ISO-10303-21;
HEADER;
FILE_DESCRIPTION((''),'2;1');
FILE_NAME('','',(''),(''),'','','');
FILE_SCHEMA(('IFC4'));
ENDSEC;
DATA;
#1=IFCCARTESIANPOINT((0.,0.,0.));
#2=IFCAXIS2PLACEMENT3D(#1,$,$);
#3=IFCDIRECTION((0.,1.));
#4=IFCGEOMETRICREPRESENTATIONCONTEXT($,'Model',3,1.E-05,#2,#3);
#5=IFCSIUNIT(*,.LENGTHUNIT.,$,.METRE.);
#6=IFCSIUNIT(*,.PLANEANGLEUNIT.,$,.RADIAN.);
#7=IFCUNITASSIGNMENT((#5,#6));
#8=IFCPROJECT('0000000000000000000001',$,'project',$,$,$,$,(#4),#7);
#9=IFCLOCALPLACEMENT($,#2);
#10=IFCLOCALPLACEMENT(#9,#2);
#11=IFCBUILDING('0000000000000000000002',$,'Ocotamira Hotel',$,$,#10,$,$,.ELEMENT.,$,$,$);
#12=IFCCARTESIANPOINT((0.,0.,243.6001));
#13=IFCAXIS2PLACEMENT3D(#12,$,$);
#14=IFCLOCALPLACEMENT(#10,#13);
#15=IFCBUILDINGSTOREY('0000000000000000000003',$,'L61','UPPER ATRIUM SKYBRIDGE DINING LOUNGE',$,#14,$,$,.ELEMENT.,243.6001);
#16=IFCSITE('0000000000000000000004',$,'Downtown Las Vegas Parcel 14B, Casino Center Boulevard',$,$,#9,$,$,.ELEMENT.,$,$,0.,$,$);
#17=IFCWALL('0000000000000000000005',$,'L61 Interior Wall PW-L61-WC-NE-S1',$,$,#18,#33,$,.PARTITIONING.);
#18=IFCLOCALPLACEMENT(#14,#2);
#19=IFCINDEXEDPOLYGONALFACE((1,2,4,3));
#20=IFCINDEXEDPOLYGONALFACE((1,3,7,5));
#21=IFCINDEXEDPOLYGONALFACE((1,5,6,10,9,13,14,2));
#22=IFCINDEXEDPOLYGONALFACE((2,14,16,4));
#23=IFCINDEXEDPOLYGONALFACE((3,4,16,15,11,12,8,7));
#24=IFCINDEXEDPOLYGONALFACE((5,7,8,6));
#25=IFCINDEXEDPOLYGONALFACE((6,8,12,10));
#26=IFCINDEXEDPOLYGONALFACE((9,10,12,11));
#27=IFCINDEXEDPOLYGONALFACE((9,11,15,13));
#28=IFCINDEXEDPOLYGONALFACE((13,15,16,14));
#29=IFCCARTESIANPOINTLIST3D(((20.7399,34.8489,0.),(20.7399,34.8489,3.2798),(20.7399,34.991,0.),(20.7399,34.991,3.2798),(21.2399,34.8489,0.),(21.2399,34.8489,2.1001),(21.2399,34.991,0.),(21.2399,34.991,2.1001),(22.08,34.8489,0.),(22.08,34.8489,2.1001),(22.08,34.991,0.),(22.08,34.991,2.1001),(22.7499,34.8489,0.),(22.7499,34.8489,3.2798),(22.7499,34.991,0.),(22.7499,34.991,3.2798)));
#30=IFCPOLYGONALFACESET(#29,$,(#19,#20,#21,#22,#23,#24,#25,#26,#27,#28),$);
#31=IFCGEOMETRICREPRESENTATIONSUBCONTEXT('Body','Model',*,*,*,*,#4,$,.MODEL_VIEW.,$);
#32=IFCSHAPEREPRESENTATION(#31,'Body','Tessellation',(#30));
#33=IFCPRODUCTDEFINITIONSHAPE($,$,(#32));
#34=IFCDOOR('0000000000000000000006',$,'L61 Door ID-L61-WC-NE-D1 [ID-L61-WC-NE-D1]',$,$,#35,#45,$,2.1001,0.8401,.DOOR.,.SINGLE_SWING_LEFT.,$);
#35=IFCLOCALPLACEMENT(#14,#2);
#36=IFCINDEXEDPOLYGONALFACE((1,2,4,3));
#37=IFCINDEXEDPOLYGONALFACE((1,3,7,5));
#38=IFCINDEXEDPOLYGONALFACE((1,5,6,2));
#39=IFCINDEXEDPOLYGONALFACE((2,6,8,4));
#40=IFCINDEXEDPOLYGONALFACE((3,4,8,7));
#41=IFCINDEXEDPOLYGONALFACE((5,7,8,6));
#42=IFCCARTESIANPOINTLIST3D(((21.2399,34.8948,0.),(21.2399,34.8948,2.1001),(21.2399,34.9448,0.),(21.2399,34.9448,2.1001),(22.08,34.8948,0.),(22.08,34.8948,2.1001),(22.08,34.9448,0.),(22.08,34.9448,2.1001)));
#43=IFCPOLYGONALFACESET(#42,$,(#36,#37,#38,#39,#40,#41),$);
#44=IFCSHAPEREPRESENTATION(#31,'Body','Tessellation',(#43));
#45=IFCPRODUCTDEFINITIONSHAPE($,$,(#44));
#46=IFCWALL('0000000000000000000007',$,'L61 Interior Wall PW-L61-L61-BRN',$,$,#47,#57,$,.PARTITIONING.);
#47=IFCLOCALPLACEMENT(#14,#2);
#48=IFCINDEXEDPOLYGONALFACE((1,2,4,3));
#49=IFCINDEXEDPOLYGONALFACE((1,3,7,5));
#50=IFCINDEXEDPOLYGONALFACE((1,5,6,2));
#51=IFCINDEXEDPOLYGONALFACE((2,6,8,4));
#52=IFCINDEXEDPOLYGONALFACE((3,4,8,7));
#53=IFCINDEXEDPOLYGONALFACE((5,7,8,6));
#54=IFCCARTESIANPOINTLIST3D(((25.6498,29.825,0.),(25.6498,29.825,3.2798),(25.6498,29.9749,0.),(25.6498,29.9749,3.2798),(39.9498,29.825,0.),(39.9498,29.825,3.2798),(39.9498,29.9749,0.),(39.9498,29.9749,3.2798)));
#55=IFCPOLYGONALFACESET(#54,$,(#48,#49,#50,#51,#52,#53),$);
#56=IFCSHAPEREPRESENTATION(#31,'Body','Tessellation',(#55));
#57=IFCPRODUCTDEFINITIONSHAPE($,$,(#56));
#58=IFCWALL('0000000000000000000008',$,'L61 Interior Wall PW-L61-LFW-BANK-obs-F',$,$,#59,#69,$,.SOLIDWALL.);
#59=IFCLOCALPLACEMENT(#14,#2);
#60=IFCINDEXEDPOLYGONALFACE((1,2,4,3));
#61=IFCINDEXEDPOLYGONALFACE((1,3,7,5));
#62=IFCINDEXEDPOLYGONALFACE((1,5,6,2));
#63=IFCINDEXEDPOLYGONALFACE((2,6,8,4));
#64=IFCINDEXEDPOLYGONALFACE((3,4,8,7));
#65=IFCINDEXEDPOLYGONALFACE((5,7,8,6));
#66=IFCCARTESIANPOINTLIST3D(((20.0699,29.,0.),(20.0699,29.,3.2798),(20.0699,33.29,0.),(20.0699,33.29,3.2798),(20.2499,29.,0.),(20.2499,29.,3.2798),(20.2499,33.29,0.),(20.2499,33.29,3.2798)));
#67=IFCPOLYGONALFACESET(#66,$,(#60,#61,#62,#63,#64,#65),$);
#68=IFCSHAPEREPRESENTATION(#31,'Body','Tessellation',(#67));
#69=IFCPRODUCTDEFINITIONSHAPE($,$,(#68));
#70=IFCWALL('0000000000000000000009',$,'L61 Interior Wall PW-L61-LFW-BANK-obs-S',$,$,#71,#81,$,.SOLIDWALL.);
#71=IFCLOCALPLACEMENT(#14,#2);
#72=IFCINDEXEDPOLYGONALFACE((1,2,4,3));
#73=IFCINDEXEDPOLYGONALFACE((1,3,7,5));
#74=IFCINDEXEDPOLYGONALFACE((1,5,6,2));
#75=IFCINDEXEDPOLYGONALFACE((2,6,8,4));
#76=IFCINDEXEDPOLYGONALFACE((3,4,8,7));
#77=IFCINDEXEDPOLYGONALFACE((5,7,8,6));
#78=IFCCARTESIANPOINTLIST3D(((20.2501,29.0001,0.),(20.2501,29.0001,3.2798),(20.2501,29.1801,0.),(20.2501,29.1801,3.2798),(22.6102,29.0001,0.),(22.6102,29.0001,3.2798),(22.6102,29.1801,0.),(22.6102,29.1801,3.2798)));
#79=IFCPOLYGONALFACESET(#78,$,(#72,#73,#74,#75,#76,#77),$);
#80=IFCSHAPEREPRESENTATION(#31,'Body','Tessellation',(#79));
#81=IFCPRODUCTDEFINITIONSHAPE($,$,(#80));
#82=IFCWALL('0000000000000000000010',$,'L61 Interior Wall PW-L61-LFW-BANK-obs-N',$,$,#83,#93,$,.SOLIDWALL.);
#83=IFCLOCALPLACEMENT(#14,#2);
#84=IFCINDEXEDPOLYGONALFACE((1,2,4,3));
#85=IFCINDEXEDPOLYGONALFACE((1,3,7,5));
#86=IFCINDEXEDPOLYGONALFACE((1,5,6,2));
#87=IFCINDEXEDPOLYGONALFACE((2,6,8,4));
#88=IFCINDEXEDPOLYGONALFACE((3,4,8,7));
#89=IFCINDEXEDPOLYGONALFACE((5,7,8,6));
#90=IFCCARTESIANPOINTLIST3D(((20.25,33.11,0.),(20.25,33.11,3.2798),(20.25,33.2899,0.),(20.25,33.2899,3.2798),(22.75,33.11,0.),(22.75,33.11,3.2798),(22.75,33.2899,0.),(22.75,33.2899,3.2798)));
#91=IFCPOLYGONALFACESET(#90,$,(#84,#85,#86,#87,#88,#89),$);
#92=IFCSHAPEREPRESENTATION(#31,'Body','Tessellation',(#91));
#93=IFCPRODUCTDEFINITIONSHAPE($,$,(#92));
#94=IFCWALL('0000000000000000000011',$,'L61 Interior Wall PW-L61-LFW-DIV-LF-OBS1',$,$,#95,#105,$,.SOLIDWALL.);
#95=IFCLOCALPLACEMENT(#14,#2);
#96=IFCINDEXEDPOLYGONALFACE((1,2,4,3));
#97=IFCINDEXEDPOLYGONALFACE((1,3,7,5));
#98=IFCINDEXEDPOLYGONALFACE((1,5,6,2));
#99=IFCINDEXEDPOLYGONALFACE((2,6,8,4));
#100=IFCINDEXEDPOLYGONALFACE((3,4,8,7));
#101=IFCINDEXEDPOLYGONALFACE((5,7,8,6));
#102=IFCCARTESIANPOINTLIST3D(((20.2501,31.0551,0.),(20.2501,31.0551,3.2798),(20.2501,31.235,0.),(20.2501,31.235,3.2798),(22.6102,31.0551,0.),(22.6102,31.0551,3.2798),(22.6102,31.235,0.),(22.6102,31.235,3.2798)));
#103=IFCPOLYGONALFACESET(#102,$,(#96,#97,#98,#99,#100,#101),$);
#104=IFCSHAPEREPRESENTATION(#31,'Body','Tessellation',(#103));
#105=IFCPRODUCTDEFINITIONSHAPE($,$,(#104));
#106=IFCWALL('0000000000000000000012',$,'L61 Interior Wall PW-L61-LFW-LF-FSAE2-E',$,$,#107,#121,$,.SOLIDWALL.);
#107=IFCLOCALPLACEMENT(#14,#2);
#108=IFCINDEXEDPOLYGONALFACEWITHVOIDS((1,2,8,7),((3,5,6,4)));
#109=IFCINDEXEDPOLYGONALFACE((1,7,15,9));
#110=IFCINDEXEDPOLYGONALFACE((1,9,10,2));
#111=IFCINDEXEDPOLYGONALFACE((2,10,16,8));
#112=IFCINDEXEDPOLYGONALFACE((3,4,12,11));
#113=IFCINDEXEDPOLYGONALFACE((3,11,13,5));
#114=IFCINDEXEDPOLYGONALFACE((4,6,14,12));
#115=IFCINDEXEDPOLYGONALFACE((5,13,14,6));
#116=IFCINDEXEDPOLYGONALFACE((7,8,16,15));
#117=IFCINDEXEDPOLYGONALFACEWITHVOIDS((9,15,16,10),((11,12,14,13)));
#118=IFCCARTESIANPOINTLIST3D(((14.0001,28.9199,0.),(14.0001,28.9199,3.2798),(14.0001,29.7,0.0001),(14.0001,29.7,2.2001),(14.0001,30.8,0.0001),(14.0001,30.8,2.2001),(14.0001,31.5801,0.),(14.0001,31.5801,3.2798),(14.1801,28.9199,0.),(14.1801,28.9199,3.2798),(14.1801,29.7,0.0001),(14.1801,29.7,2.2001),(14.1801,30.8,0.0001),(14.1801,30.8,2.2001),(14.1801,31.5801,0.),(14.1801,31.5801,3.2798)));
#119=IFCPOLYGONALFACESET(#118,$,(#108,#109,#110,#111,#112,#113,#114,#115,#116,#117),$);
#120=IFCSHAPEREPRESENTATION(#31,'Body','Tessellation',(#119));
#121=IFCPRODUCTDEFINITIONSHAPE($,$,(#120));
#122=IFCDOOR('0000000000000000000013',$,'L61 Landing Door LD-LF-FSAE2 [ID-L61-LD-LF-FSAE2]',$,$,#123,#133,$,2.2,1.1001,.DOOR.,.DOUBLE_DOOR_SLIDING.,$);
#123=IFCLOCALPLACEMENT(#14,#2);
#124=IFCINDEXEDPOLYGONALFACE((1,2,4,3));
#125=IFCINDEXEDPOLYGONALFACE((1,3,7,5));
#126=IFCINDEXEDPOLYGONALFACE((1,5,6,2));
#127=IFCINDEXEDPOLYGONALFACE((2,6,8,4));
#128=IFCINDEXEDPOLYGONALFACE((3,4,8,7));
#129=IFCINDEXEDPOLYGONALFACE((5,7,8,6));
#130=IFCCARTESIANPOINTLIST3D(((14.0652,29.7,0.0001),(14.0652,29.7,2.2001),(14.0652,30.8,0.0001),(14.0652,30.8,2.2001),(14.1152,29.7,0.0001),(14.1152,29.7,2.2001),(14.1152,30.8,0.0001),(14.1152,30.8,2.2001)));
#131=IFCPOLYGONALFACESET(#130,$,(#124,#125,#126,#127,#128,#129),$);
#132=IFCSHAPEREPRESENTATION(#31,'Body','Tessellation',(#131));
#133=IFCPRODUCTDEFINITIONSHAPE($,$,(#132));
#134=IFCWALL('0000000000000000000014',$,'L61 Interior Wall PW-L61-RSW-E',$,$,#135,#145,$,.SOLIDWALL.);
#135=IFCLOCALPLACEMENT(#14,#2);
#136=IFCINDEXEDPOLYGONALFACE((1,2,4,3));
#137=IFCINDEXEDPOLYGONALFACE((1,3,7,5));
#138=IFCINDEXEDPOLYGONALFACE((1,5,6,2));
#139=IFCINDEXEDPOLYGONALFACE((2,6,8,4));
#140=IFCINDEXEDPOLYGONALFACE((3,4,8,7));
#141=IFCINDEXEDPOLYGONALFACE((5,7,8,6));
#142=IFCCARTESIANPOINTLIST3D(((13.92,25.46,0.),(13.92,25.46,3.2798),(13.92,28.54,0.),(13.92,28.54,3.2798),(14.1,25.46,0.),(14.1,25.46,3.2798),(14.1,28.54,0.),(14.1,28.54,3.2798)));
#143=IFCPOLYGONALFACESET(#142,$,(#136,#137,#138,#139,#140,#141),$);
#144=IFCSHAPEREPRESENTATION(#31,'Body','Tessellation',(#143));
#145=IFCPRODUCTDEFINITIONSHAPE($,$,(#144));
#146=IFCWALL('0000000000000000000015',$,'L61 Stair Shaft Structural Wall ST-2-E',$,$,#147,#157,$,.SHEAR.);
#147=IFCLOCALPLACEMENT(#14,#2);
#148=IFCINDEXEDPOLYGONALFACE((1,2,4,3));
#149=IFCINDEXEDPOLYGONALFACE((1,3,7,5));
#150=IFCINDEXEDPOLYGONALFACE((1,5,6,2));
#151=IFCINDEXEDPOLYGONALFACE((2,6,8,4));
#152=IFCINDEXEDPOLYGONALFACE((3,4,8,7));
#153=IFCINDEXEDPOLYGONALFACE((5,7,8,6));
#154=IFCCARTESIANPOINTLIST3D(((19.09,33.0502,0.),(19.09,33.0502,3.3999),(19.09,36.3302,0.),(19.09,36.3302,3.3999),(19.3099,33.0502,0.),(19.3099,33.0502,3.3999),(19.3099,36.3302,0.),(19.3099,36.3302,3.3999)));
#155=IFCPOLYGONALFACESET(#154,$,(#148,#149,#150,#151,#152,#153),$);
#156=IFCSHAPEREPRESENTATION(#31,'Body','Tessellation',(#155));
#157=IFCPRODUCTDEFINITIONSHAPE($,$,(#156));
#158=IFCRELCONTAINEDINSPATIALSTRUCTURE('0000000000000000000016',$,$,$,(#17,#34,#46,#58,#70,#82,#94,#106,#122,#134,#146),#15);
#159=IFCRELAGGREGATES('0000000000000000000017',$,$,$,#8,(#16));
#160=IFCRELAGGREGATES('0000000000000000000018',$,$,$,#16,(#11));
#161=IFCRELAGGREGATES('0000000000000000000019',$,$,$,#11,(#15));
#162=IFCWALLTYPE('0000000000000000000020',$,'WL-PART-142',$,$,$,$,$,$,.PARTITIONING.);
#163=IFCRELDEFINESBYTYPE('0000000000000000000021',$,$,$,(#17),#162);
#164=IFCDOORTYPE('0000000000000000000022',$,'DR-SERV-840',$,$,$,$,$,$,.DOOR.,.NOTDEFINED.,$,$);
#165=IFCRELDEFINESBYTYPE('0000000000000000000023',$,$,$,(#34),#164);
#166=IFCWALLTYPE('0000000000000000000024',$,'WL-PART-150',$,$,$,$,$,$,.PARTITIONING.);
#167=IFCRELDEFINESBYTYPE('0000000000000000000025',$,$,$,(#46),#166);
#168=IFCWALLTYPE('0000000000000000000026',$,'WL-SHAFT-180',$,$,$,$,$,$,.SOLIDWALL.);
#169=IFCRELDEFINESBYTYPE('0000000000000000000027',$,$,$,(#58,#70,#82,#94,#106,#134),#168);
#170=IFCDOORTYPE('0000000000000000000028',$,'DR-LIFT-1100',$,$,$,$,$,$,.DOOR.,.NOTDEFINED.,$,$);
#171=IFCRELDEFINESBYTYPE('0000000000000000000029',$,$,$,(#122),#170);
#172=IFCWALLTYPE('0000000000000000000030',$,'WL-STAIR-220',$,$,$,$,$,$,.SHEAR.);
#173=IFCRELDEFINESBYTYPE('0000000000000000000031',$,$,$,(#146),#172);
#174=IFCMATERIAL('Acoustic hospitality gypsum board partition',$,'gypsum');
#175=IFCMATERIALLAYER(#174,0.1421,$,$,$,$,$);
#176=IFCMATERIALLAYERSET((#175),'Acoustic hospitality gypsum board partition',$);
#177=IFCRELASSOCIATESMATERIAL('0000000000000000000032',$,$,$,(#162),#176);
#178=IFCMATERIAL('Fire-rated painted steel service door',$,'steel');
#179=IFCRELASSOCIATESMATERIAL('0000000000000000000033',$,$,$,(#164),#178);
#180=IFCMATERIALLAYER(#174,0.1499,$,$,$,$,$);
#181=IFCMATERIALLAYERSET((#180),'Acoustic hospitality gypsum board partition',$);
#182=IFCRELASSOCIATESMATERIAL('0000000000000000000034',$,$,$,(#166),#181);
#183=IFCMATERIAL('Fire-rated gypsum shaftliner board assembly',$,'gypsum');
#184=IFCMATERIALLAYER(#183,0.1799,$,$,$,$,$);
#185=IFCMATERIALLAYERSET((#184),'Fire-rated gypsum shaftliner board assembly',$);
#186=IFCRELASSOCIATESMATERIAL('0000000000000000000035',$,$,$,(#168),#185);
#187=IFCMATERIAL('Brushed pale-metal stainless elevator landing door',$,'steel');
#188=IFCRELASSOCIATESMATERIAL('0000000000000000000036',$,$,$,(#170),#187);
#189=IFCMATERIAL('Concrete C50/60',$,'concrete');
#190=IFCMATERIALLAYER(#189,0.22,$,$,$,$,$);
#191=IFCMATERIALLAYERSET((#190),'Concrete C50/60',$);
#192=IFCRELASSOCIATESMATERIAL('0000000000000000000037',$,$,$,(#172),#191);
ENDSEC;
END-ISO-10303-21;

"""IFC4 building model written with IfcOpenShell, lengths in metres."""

from ifc_helpers import new_model, si_unit, direction, frame, frame_2d, origin, place, context, subcontext, project, spatial, rectangle, extrude, source, transform, mapped, material, layer, layer_set, type_object, element, fill, save


model = new_model("IFC4")

# Units and contexts
model_context = context("Model", 3, precision=1e-05, world=origin(), true_north=direction((0.0, 1.0)))
body_context = subcontext(model_context, "Body", "Model", "MODEL_VIEW")
ifc_project = project(units=[si_unit("LENGTHUNIT", "METRE"), si_unit("PLANEANGLEUNIT", "RADIAN")], contexts=[model_context])

# Site, building, storey
site_placement = place(None, origin())
site = spatial("IfcSite", under=ifc_project, at=site_placement, Name="Downtown Las Vegas Parcel 14B, Casino Center Boulevard", CompositionType="ELEMENT", RefElevation=0.0)
building_placement = place(site_placement, origin())
building = spatial("IfcBuilding", under=site, at=building_placement, Name="Ocotamira Hotel", CompositionType="ELEMENT")
storey_placement = place(building_placement, frame((0.0, 0.0, 243.6001)))
storey = spatial("IfcBuildingStorey", under=building, at=storey_placement, Name="L61", Description="UPPER ATRIUM SKYBRIDGE DINING LOUNGE", CompositionType="ELEMENT", Elevation=243.6001)

# Shared definitions
ifc_material_1 = material(Name="Acoustic hospitality gypsum board partition", Category="gypsum")
ifc_layer_1 = layer(ifc_material_1, 0.1421)
ifc_layer_set_1 = layer_set([ifc_layer_1], Name="Acoustic hospitality gypsum board partition")
wall_type_1 = type_object("IfcWallType", Name="WL-PART-142", PredefinedType="PARTITIONING", material=ifc_layer_set_1)

# Wall, opening, door
wall_1_placement = place(storey_placement, frame((20.74, 34.9199, 0.0), z_axis=(0.0, 0.0, 1.0), x_axis=(1.0, 0.0, 0.0)))
wall_1 = element("IfcWall", 1, at=wall_1_placement, inside=storey, type_object=wall_type_1, Name="L61 Interior Wall PW-L61-WC-NE-S1", PredefinedType="PARTITIONING", context=body_context, shape_type="SweptSolid", body=[
    extrude(rectangle(XDim=2.01, YDim=0.1421, at=frame_2d((1.0049, 0.0))), origin(), (0.0, 0.0, 1.0), 3.2798),
])
opening_1_placement = place(wall_1_placement, frame((0.5, 0.0, 0.0)))
opening_1 = element("IfcOpeningElement", 2, at=opening_1_placement, cuts=wall_1, PredefinedType="OPENING", context=body_context, shape_type="SweptSolid", body=[
    extrude(rectangle(XDim=0.8401, YDim=2.1001, at=frame_2d((0.4199, 1.05))), frame((0.0, 0.0811, 0.0), z_axis=(0.0, -1.0, 0.0), x_axis=(1.0, 0.0, 0.0)), (0.0, 0.0, 1.0), 0.1621),
])
ifc_material_2 = material(Name="Fire-rated painted steel service door", Category="steel")
door_type_1 = type_object("IfcDoorType", Name="DR-SERV-840", OperationType="NOTDEFINED", PredefinedType="DOOR", material=ifc_material_2)
shared_shape_1 = source(origin(), body_context, "Body", "SweptSolid", [
    extrude(rectangle(XDim=0.8401, YDim=2.1001, at=frame_2d((0.4199, 1.05))), frame((0.0, 0.0249, 0.0), z_axis=(0.0, -1.0, 0.0), x_axis=(1.0, 0.0, 0.0)), (0.0, 0.0, 1.0), 0.05),
])
door_1_placement = place(opening_1_placement, origin())
door_1 = element("IfcDoor", 3, at=door_1_placement, inside=storey, type_object=door_type_1, Name="L61 Door ID-L61-WC-NE-D1 [ID-L61-WC-NE-D1]", OperationType="SINGLE_SWING_LEFT", OverallHeight=2.1001, OverallWidth=0.8401, PredefinedType="DOOR", context=body_context, shape_type="MappedRepresentation", body=[
    mapped(shared_shape_1, transform((0.0, 0.0, 0.0), scale=1.0)),
])
fill(opening_1, door_1)

# Walls
ifc_layer_2 = layer(ifc_material_1, 0.1499)
ifc_layer_set_2 = layer_set([ifc_layer_2], Name="Acoustic hospitality gypsum board partition")
wall_type_2 = type_object("IfcWallType", Name="WL-PART-150", PredefinedType="PARTITIONING", material=ifc_layer_set_2)
wall_2_placement = place(storey_placement, frame((25.6499, 29.8999, 0.0), z_axis=(0.0, 0.0, 1.0), x_axis=(1.0, 0.0, 0.0)))
element("IfcWall", 4, at=wall_2_placement, inside=storey, type_object=wall_type_2, Name="L61 Interior Wall PW-L61-L61-BRN", PredefinedType="PARTITIONING", context=body_context, shape_type="SweptSolid", body=[
    extrude(rectangle(XDim=14.3, YDim=0.1499, at=frame_2d((7.1499, 0.0))), origin(), (0.0, 0.0, 1.0), 3.2798),
])
ifc_material_3 = material(Name="Fire-rated gypsum shaftliner board assembly", Category="gypsum")
ifc_layer_3 = layer(ifc_material_3, 0.1799)
ifc_layer_set_3 = layer_set([ifc_layer_3], Name="Fire-rated gypsum shaftliner board assembly")
wall_type_3 = type_object("IfcWallType", Name="WL-SHAFT-180", PredefinedType="SOLIDWALL", material=ifc_layer_set_3)
wall_3_placement = place(storey_placement, frame((20.1599, 29.0, 0.0), z_axis=(0.0, 0.0, 1.0), x_axis=(0.0, 1.0, 0.0)))
element("IfcWall", 5, at=wall_3_placement, inside=storey, type_object=wall_type_3, Name="L61 Interior Wall PW-L61-LFW-BANK-obs-F", PredefinedType="SOLIDWALL", context=body_context, shape_type="SweptSolid", body=[
    extrude(rectangle(XDim=4.29, YDim=0.1799, at=frame_2d((2.145, 0.0))), origin(), (0.0, 0.0, 1.0), 3.2798),
])
wall_4_placement = place(storey_placement, frame((20.25, 29.0901, 0.0), z_axis=(0.0, 0.0, 1.0), x_axis=(1.0, 0.0, 0.0)))
element("IfcWall", 6, at=wall_4_placement, inside=storey, type_object=wall_type_3, Name="L61 Interior Wall PW-L61-LFW-BANK-obs-S", PredefinedType="SOLIDWALL", context=body_context, shape_type="SweptSolid", body=[
    extrude(rectangle(XDim=2.3601, YDim=0.1799, at=frame_2d((1.1802, 0.0))), origin(), (0.0, 0.0, 1.0), 3.2798),
])
wall_5_placement = place(storey_placement, frame((20.25, 33.2, 0.0), z_axis=(0.0, 0.0, 1.0), x_axis=(1.0, 0.0, 0.0)))
element("IfcWall", 7, at=wall_5_placement, inside=storey, type_object=wall_type_3, Name="L61 Interior Wall PW-L61-LFW-BANK-obs-N", PredefinedType="SOLIDWALL", context=body_context, shape_type="SweptSolid", body=[
    extrude(rectangle(XDim=2.5, YDim=0.1799, at=frame_2d((1.25, 0.0))), origin(), (0.0, 0.0, 1.0), 3.2798),
])
wall_6_placement = place(storey_placement, frame((20.25, 31.145, 0.0), z_axis=(0.0, 0.0, 1.0), x_axis=(1.0, 0.0, 0.0)))
element("IfcWall", 8, at=wall_6_placement, inside=storey, type_object=wall_type_3, Name="L61 Interior Wall PW-L61-LFW-DIV-LF-OBS1", PredefinedType="SOLIDWALL", context=body_context, shape_type="SweptSolid", body=[
    extrude(rectangle(XDim=2.3601, YDim=0.1799, at=frame_2d((1.1802, 0.0))), origin(), (0.0, 0.0, 1.0), 3.2798),
])

# Wall, opening, door
wall_7_placement = place(storey_placement, frame((14.0901, 28.9199, 0.0), z_axis=(0.0, 0.0, 1.0), x_axis=(0.0, 1.0, 0.0)))
wall_7 = element("IfcWall", 9, at=wall_7_placement, inside=storey, type_object=wall_type_3, Name="L61 Interior Wall PW-L61-LFW-LF-FSAE2-E", PredefinedType="SOLIDWALL", context=body_context, shape_type="SweptSolid", body=[
    extrude(rectangle(XDim=2.6602, YDim=0.1799, at=frame_2d((1.3301, 0.0))), origin(), (0.0, 0.0, 1.0), 3.2798),
])
opening_2_placement = place(wall_7_placement, frame((0.78, 0.0, 0.0)))
opening_2 = element("IfcOpeningElement", 10, at=opening_2_placement, cuts=wall_7, PredefinedType="OPENING", context=body_context, shape_type="SweptSolid", body=[
    extrude(rectangle(XDim=1.1001, YDim=2.2, at=frame_2d((0.55, 1.1001))), frame((0.0, 0.1001, 0.0), z_axis=(0.0, -1.0, 0.0), x_axis=(1.0, 0.0, 0.0)), (0.0, 0.0, 1.0), 0.2),
])
ifc_material_4 = material(Name="Brushed pale-metal stainless elevator landing door", Category="steel")
door_type_2 = type_object("IfcDoorType", Name="DR-LIFT-1100", OperationType="NOTDEFINED", PredefinedType="DOOR", material=ifc_material_4)
shared_shape_2 = source(origin(), body_context, "Body", "SweptSolid", [
    extrude(rectangle(XDim=1.1001, YDim=2.2, at=frame_2d((0.55, 1.1001))), frame((0.0, 0.0249, 0.0), z_axis=(0.0, -1.0, 0.0), x_axis=(1.0, 0.0, 0.0)), (0.0, 0.0, 1.0), 0.05),
])
door_2_placement = place(opening_2_placement, origin())
door_2 = element("IfcDoor", 11, at=door_2_placement, inside=storey, type_object=door_type_2, Name="L61 Landing Door LD-LF-FSAE2 [ID-L61-LD-LF-FSAE2]", OperationType="DOUBLE_DOOR_SLIDING", OverallHeight=2.2, OverallWidth=1.1001, PredefinedType="DOOR", context=body_context, shape_type="MappedRepresentation", body=[
    mapped(shared_shape_2, transform((0.0, 0.0, 0.0), scale=1.0)),
])
fill(opening_2, door_2)

# Walls
wall_8_placement = place(storey_placement, frame((14.01, 25.46, 0.0), z_axis=(0.0, 0.0, 1.0), x_axis=(0.0, 1.0, 0.0)))
element("IfcWall", 12, at=wall_8_placement, inside=storey, type_object=wall_type_3, Name="L61 Interior Wall PW-L61-RSW-E", PredefinedType="SOLIDWALL", context=body_context, shape_type="SweptSolid", body=[
    extrude(rectangle(XDim=3.0801, YDim=0.1799, at=frame_2d((1.54, 0.0))), origin(), (0.0, 0.0, 1.0), 3.2798),
])
ifc_material_5 = material(Name="Concrete C50/60", Category="concrete")
ifc_layer_4 = layer(ifc_material_5, 0.22)
ifc_layer_set_4 = layer_set([ifc_layer_4], Name="Concrete C50/60")
wall_type_4 = type_object("IfcWallType", Name="WL-STAIR-220", PredefinedType="SHEAR", material=ifc_layer_set_4)
wall_9_placement = place(storey_placement, frame((19.2, 33.05, 0.0), z_axis=(0.0, 0.0, 1.0), x_axis=(0.0, 1.0, 0.0)))
element("IfcWall", 13, at=wall_9_placement, inside=storey, type_object=wall_type_4, Name="L61 Stair Shaft Structural Wall ST-2-E", PredefinedType="SHEAR", context=body_context, shape_type="SweptSolid", body=[
    extrude(rectangle(XDim=3.28, YDim=0.22, at=frame_2d((1.6401, 0.0))), origin(), (0.0, 0.0, 1.0), 3.3999),
])

save(model, "model.ifc")
